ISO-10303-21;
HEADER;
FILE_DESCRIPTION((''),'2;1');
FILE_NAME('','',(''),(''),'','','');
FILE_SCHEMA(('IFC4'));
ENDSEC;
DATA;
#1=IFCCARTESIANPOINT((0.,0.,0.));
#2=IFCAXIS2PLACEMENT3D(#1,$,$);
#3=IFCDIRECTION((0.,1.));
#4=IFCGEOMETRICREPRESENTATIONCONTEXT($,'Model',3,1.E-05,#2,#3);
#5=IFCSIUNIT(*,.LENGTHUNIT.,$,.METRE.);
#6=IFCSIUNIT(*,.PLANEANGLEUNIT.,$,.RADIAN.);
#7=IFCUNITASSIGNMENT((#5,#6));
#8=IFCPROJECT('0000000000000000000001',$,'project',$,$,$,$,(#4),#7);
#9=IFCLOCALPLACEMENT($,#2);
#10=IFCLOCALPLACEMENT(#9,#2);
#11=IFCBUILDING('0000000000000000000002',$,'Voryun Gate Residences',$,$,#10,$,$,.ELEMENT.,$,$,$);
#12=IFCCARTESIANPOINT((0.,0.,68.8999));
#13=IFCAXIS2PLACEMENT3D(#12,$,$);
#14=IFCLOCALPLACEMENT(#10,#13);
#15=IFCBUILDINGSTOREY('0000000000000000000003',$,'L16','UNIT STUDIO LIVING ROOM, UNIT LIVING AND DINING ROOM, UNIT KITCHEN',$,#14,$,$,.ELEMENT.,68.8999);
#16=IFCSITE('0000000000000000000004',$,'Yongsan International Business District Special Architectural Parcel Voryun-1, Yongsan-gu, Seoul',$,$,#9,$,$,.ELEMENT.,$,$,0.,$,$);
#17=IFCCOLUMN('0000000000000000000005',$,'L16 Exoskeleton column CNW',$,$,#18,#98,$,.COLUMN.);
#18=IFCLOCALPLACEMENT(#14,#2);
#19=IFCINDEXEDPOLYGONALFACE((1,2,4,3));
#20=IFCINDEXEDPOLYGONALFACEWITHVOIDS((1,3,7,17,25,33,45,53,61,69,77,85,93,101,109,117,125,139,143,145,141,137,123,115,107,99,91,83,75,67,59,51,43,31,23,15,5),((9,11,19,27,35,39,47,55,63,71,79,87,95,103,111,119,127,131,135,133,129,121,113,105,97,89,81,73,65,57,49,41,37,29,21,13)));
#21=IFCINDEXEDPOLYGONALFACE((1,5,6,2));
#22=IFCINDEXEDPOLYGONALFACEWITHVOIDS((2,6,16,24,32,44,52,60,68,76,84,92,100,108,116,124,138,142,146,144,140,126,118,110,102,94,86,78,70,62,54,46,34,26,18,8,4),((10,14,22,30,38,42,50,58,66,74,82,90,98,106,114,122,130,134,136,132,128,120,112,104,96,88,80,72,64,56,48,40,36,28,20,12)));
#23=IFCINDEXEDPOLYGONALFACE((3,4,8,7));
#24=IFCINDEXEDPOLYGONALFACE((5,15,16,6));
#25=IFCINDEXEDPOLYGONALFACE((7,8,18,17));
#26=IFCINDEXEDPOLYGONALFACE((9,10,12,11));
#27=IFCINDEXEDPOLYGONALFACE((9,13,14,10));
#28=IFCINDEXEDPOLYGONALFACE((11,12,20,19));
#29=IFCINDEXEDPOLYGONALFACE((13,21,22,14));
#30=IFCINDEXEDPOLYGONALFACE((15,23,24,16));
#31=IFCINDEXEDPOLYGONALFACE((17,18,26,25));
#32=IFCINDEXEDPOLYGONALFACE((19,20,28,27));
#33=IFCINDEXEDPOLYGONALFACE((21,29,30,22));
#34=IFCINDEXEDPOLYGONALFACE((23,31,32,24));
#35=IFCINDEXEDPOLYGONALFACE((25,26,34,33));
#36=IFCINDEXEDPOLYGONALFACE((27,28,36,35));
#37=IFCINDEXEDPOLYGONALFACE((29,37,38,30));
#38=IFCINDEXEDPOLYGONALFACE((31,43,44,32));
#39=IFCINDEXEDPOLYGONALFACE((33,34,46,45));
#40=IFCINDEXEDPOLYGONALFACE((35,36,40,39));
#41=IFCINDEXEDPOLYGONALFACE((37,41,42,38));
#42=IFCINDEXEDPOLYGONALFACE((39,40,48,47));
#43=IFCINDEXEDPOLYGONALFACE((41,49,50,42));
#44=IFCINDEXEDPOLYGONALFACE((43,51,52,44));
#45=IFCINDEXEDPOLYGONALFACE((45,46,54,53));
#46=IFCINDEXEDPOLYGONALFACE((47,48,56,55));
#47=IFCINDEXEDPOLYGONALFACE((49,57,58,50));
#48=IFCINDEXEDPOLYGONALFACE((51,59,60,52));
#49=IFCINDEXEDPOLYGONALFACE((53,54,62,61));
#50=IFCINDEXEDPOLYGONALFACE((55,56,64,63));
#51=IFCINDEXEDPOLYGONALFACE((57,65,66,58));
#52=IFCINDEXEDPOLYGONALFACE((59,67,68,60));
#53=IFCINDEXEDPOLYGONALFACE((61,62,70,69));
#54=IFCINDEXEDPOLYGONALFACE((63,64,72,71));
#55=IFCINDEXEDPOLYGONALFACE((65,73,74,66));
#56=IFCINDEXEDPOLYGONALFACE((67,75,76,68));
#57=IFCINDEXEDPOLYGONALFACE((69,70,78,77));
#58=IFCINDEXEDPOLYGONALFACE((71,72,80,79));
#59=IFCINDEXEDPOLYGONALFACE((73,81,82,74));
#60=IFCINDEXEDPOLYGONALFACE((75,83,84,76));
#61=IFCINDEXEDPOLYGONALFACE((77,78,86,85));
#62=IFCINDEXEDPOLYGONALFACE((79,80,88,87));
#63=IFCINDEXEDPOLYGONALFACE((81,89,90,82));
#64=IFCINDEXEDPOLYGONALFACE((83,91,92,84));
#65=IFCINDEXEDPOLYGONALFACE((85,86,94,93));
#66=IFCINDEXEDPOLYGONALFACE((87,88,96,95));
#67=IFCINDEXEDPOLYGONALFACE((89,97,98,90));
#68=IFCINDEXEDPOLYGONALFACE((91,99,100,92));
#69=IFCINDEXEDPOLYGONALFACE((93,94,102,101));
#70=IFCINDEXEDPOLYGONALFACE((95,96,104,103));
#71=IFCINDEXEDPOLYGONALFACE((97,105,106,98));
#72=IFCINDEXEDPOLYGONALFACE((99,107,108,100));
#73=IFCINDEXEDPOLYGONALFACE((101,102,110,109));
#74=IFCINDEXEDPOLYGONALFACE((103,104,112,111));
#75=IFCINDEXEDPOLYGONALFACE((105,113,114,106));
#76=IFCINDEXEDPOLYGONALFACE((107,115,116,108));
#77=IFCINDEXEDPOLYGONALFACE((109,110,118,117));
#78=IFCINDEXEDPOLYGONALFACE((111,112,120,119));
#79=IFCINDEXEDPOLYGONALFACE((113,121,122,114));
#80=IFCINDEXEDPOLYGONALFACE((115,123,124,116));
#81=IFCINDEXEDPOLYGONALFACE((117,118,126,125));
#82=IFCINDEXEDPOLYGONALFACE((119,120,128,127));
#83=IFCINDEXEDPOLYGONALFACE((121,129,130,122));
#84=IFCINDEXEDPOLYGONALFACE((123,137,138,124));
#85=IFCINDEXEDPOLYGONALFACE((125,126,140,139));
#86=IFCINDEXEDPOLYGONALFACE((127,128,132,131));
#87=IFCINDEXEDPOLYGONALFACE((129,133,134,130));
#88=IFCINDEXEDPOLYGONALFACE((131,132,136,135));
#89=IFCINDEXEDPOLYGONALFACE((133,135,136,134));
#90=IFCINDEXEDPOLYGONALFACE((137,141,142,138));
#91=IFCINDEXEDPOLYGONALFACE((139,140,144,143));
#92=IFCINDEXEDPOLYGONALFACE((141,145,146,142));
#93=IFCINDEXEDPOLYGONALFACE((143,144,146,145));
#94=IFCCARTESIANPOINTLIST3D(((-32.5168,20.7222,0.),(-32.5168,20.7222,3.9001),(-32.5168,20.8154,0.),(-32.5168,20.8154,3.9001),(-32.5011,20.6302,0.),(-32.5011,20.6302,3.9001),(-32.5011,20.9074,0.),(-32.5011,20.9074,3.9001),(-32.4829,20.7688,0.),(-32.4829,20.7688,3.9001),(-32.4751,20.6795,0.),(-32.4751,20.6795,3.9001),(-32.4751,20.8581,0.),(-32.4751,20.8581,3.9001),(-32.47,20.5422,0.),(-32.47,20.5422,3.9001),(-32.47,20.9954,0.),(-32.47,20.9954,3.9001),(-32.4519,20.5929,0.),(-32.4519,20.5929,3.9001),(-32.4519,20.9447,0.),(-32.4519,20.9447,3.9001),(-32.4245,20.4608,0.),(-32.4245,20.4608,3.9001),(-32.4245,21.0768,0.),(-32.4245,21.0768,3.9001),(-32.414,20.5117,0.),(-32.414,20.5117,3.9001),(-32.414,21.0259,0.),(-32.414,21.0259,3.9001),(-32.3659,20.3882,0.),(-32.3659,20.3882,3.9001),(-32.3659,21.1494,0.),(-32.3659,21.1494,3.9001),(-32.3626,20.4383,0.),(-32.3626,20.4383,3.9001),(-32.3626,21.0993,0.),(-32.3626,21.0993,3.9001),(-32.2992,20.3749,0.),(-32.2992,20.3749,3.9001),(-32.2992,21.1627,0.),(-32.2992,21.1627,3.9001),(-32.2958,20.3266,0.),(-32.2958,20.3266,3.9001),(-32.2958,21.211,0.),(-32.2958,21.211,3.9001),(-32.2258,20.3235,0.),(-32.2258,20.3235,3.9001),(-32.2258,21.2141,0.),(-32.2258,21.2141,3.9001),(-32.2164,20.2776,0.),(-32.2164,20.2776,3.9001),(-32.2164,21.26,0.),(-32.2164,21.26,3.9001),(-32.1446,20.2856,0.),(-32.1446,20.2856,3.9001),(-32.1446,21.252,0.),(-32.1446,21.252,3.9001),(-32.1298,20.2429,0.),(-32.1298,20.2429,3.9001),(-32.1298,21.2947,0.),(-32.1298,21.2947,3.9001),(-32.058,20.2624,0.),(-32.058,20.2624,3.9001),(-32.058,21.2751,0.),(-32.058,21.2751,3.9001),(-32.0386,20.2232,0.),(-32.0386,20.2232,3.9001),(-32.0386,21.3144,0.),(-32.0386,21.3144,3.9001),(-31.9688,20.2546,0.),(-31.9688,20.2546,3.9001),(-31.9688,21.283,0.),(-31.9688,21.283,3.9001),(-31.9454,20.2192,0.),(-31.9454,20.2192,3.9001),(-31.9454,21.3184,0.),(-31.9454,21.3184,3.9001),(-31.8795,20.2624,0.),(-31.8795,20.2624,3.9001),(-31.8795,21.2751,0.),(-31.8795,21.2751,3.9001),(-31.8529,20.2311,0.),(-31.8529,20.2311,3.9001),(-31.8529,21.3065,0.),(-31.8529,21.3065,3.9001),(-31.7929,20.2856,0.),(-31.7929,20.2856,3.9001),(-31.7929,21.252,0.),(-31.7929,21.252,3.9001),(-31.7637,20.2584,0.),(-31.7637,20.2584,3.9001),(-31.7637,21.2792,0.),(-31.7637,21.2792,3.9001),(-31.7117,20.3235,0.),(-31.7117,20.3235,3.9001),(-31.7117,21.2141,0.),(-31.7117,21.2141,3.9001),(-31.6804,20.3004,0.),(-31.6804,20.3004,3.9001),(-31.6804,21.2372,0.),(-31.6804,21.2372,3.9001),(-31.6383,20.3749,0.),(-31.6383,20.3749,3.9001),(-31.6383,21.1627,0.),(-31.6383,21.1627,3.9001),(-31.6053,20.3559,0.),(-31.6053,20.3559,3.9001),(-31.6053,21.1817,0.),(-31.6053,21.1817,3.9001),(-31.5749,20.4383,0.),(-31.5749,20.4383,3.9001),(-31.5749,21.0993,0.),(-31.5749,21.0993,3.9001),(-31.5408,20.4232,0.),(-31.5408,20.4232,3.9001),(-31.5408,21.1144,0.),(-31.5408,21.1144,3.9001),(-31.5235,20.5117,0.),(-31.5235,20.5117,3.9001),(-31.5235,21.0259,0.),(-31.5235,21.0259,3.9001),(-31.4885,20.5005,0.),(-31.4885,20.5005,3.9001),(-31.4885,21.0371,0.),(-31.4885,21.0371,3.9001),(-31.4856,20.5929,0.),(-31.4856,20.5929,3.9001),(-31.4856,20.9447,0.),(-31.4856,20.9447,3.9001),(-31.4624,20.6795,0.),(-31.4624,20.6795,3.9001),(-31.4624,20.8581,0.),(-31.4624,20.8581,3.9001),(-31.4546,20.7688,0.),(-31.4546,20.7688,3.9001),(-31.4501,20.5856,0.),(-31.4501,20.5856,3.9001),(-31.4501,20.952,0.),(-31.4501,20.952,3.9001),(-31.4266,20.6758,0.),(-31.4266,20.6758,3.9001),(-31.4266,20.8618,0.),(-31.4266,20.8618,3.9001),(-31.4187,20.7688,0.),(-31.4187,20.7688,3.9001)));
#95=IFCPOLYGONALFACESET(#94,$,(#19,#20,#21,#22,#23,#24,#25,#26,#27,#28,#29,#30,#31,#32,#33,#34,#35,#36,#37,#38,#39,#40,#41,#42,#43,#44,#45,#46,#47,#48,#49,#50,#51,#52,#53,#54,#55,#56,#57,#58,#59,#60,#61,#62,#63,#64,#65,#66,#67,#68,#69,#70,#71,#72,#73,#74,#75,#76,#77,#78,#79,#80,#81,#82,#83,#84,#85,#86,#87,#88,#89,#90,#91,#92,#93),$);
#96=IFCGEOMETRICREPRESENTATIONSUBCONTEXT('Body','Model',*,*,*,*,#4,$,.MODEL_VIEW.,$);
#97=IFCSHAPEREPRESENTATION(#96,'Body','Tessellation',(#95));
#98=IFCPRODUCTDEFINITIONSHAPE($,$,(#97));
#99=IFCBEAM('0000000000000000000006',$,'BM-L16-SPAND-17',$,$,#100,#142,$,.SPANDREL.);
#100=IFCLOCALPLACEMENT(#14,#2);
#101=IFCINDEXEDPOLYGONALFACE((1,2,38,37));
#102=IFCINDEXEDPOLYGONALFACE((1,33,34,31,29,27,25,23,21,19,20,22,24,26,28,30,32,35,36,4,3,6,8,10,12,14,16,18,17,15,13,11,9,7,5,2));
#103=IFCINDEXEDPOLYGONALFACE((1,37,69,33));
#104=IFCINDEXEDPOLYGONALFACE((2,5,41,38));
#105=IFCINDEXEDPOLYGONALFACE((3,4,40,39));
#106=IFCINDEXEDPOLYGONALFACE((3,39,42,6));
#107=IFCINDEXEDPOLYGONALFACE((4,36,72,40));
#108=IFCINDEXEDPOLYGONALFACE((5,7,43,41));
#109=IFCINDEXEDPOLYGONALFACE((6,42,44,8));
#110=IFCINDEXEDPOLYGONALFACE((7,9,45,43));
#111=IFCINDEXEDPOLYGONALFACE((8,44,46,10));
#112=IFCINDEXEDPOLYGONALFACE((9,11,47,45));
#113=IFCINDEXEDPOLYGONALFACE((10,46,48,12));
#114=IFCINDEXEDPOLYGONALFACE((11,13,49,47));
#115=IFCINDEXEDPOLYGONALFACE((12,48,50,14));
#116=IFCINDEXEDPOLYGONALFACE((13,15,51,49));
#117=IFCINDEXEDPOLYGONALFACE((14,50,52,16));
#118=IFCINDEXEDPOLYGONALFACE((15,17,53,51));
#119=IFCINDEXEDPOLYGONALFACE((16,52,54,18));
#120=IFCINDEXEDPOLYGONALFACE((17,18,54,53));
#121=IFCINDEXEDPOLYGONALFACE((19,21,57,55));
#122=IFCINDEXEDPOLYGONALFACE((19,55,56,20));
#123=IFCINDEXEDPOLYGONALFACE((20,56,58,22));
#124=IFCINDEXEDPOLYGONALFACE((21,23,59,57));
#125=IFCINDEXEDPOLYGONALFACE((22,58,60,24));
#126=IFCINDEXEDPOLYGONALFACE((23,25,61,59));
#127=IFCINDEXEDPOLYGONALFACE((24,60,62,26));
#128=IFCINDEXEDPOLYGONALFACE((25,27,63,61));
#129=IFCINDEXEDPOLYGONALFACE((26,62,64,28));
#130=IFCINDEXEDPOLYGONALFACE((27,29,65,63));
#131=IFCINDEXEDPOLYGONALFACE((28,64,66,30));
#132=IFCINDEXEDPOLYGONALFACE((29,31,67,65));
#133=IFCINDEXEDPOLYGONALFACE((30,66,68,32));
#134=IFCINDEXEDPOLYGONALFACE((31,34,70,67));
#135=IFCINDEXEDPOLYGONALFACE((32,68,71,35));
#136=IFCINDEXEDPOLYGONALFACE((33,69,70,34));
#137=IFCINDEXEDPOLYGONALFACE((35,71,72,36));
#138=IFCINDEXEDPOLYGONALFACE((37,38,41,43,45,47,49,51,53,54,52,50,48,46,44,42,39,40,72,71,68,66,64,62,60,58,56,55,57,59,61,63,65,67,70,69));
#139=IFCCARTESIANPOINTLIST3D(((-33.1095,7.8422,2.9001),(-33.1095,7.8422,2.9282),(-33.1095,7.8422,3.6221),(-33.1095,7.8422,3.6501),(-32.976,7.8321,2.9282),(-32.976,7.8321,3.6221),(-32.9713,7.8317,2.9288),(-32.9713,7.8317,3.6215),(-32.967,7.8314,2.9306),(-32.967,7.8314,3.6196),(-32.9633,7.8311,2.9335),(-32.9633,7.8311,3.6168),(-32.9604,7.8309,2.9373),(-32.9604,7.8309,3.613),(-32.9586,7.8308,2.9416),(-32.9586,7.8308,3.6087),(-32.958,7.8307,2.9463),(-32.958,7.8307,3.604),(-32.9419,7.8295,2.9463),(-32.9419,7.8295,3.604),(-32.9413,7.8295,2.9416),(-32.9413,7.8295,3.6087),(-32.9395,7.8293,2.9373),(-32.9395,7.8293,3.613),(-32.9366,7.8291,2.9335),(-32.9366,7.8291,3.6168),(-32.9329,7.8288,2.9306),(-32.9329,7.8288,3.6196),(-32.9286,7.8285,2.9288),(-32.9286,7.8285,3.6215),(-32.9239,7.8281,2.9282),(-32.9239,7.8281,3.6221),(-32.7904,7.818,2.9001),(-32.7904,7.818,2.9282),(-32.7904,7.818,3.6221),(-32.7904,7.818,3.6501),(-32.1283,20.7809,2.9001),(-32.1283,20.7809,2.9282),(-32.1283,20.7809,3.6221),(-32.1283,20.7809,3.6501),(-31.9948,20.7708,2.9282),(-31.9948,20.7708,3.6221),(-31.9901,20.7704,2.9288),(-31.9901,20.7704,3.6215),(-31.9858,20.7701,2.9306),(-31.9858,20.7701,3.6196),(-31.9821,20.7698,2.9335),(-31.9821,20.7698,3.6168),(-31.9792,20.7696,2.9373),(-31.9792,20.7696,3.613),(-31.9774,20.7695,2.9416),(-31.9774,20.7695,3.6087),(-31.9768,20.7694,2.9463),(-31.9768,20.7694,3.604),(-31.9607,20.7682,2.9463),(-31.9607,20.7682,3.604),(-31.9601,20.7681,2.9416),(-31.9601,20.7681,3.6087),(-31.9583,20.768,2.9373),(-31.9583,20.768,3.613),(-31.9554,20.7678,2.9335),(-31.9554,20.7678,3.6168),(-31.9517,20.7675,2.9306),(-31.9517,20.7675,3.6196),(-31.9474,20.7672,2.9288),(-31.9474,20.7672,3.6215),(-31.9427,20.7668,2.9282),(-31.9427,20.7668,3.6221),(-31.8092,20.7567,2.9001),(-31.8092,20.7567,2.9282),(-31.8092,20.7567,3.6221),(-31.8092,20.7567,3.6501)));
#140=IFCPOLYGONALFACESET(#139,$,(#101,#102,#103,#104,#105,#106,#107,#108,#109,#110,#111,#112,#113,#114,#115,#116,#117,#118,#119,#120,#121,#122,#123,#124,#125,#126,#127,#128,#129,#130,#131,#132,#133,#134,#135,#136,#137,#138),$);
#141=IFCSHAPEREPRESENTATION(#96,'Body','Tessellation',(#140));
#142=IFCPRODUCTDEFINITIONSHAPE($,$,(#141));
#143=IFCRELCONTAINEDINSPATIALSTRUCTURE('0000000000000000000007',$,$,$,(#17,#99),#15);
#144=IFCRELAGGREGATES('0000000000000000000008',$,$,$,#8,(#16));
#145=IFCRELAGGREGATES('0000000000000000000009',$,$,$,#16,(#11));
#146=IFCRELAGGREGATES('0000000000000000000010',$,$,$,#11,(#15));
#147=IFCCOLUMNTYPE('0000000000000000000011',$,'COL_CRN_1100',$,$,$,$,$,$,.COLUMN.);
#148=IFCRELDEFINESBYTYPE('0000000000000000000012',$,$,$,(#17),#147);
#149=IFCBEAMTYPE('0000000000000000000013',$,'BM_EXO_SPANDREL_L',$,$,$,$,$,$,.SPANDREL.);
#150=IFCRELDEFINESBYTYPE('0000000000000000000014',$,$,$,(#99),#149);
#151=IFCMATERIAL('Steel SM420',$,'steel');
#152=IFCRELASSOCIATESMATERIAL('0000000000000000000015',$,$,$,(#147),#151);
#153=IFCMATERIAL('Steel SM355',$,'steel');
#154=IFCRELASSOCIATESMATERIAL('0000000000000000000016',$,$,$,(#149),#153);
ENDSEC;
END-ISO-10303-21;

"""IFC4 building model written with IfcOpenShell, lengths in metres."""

from ifc_helpers import new_model, si_unit, direction, frame, origin, origin_2d, place, context, subcontext, project, spatial, hollow_circle, i_section, extrude, material, material_profile, profile_set, type_object, element, save


model = new_model("IFC4")

# Units and contexts
model_context = context("Model", 3, precision=1e-05, world=origin(), true_north=direction((0.0, 1.0)))
body_context = subcontext(model_context, "Body", "Model", "MODEL_VIEW")
ifc_project = project(units=[si_unit("LENGTHUNIT", "METRE"), si_unit("PLANEANGLEUNIT", "RADIAN")], contexts=[model_context])

# Site, building, storey
site_placement = place(None, origin())
site = spatial("IfcSite", under=ifc_project, at=site_placement, Name="Yongsan International Business District Special Architectural Parcel Voryun-1, Yongsan-gu, Seoul", CompositionType="ELEMENT", RefElevation=0.0)
building_placement = place(site_placement, origin())
building = spatial("IfcBuilding", under=site, at=building_placement, Name="Voryun Gate Residences", CompositionType="ELEMENT")
storey_placement = place(building_placement, frame((0.0, 0.0, 68.8999)))
storey = spatial("IfcBuildingStorey", under=building, at=storey_placement, Name="L16", Description="UNIT STUDIO LIVING ROOM, UNIT LIVING AND DINING ROOM, UNIT KITCHEN", CompositionType="ELEMENT", Elevation=68.8999)

# Column
ifc_material_1 = material(Name="Steel SM420", Category="steel")
ifc_material_profile_1 = material_profile(ifc_material_1, hollow_circle(Radius=0.55, WallThickness=0.0359, at=origin_2d()), Name="CHS-1100x36")
ifc_profile_set_1 = profile_set([ifc_material_profile_1], Name="Steel SM420")
column_type = type_object("IfcColumnType", Name="COL_CRN_1100", PredefinedType="COLUMN", material=ifc_profile_set_1)
column_placement = place(storey_placement, frame((-31.9688, 20.7688, 0.0), z_axis=(0.0, 0.0, 1.0), x_axis=(1.0, 0.0, 0.0)))
element("IfcColumn", 1, at=column_placement, inside=storey, type_object=column_type, Name="L16 Exoskeleton column CNW", PredefinedType="COLUMN", context=body_context, shape_type="SweptSolid", body=[
    extrude(hollow_circle(Radius=0.55, WallThickness=0.0359, at=origin_2d()), origin(), (0.0, 0.0, 1.0), 3.9001),
])

# Beam
ifc_material_2 = material(Name="Steel SM355", Category="steel")
ifc_material_profile_2 = material_profile(ifc_material_2, i_section(OverallWidth=0.3201, OverallDepth=0.75, WebThickness=0.0161, FlangeThickness=0.0281, FilletRadius=0.0181, at=origin_2d()), Name="H-750x320x16x28")
ifc_profile_set_2 = profile_set([ifc_material_profile_2], Name="Steel SM355")
beam_type = type_object("IfcBeamType", Name="BM_EXO_SPANDREL_L", PredefinedType="SPANDREL", material=ifc_profile_set_2)
beam_placement = place(storey_placement, frame((-31.9688, 20.7688, 3.2751), z_axis=(-0.075617, -0.997137, 0.0), x_axis=(0.997137, -0.075617, 0.0)))
element("IfcBeam", 2, at=beam_placement, inside=storey, type_object=beam_type, Name="BM-L16-SPAND-17", PredefinedType="SPANDREL", context=body_context, shape_type="SweptSolid", body=[
    extrude(i_section(OverallWidth=0.3201, OverallDepth=0.75, WebThickness=0.0161, FlangeThickness=0.0281, FilletRadius=0.0181, at=origin_2d()), origin(), (0.0, 0.0, 1.0), 12.9758),
])

save(model, "model.ifc")
